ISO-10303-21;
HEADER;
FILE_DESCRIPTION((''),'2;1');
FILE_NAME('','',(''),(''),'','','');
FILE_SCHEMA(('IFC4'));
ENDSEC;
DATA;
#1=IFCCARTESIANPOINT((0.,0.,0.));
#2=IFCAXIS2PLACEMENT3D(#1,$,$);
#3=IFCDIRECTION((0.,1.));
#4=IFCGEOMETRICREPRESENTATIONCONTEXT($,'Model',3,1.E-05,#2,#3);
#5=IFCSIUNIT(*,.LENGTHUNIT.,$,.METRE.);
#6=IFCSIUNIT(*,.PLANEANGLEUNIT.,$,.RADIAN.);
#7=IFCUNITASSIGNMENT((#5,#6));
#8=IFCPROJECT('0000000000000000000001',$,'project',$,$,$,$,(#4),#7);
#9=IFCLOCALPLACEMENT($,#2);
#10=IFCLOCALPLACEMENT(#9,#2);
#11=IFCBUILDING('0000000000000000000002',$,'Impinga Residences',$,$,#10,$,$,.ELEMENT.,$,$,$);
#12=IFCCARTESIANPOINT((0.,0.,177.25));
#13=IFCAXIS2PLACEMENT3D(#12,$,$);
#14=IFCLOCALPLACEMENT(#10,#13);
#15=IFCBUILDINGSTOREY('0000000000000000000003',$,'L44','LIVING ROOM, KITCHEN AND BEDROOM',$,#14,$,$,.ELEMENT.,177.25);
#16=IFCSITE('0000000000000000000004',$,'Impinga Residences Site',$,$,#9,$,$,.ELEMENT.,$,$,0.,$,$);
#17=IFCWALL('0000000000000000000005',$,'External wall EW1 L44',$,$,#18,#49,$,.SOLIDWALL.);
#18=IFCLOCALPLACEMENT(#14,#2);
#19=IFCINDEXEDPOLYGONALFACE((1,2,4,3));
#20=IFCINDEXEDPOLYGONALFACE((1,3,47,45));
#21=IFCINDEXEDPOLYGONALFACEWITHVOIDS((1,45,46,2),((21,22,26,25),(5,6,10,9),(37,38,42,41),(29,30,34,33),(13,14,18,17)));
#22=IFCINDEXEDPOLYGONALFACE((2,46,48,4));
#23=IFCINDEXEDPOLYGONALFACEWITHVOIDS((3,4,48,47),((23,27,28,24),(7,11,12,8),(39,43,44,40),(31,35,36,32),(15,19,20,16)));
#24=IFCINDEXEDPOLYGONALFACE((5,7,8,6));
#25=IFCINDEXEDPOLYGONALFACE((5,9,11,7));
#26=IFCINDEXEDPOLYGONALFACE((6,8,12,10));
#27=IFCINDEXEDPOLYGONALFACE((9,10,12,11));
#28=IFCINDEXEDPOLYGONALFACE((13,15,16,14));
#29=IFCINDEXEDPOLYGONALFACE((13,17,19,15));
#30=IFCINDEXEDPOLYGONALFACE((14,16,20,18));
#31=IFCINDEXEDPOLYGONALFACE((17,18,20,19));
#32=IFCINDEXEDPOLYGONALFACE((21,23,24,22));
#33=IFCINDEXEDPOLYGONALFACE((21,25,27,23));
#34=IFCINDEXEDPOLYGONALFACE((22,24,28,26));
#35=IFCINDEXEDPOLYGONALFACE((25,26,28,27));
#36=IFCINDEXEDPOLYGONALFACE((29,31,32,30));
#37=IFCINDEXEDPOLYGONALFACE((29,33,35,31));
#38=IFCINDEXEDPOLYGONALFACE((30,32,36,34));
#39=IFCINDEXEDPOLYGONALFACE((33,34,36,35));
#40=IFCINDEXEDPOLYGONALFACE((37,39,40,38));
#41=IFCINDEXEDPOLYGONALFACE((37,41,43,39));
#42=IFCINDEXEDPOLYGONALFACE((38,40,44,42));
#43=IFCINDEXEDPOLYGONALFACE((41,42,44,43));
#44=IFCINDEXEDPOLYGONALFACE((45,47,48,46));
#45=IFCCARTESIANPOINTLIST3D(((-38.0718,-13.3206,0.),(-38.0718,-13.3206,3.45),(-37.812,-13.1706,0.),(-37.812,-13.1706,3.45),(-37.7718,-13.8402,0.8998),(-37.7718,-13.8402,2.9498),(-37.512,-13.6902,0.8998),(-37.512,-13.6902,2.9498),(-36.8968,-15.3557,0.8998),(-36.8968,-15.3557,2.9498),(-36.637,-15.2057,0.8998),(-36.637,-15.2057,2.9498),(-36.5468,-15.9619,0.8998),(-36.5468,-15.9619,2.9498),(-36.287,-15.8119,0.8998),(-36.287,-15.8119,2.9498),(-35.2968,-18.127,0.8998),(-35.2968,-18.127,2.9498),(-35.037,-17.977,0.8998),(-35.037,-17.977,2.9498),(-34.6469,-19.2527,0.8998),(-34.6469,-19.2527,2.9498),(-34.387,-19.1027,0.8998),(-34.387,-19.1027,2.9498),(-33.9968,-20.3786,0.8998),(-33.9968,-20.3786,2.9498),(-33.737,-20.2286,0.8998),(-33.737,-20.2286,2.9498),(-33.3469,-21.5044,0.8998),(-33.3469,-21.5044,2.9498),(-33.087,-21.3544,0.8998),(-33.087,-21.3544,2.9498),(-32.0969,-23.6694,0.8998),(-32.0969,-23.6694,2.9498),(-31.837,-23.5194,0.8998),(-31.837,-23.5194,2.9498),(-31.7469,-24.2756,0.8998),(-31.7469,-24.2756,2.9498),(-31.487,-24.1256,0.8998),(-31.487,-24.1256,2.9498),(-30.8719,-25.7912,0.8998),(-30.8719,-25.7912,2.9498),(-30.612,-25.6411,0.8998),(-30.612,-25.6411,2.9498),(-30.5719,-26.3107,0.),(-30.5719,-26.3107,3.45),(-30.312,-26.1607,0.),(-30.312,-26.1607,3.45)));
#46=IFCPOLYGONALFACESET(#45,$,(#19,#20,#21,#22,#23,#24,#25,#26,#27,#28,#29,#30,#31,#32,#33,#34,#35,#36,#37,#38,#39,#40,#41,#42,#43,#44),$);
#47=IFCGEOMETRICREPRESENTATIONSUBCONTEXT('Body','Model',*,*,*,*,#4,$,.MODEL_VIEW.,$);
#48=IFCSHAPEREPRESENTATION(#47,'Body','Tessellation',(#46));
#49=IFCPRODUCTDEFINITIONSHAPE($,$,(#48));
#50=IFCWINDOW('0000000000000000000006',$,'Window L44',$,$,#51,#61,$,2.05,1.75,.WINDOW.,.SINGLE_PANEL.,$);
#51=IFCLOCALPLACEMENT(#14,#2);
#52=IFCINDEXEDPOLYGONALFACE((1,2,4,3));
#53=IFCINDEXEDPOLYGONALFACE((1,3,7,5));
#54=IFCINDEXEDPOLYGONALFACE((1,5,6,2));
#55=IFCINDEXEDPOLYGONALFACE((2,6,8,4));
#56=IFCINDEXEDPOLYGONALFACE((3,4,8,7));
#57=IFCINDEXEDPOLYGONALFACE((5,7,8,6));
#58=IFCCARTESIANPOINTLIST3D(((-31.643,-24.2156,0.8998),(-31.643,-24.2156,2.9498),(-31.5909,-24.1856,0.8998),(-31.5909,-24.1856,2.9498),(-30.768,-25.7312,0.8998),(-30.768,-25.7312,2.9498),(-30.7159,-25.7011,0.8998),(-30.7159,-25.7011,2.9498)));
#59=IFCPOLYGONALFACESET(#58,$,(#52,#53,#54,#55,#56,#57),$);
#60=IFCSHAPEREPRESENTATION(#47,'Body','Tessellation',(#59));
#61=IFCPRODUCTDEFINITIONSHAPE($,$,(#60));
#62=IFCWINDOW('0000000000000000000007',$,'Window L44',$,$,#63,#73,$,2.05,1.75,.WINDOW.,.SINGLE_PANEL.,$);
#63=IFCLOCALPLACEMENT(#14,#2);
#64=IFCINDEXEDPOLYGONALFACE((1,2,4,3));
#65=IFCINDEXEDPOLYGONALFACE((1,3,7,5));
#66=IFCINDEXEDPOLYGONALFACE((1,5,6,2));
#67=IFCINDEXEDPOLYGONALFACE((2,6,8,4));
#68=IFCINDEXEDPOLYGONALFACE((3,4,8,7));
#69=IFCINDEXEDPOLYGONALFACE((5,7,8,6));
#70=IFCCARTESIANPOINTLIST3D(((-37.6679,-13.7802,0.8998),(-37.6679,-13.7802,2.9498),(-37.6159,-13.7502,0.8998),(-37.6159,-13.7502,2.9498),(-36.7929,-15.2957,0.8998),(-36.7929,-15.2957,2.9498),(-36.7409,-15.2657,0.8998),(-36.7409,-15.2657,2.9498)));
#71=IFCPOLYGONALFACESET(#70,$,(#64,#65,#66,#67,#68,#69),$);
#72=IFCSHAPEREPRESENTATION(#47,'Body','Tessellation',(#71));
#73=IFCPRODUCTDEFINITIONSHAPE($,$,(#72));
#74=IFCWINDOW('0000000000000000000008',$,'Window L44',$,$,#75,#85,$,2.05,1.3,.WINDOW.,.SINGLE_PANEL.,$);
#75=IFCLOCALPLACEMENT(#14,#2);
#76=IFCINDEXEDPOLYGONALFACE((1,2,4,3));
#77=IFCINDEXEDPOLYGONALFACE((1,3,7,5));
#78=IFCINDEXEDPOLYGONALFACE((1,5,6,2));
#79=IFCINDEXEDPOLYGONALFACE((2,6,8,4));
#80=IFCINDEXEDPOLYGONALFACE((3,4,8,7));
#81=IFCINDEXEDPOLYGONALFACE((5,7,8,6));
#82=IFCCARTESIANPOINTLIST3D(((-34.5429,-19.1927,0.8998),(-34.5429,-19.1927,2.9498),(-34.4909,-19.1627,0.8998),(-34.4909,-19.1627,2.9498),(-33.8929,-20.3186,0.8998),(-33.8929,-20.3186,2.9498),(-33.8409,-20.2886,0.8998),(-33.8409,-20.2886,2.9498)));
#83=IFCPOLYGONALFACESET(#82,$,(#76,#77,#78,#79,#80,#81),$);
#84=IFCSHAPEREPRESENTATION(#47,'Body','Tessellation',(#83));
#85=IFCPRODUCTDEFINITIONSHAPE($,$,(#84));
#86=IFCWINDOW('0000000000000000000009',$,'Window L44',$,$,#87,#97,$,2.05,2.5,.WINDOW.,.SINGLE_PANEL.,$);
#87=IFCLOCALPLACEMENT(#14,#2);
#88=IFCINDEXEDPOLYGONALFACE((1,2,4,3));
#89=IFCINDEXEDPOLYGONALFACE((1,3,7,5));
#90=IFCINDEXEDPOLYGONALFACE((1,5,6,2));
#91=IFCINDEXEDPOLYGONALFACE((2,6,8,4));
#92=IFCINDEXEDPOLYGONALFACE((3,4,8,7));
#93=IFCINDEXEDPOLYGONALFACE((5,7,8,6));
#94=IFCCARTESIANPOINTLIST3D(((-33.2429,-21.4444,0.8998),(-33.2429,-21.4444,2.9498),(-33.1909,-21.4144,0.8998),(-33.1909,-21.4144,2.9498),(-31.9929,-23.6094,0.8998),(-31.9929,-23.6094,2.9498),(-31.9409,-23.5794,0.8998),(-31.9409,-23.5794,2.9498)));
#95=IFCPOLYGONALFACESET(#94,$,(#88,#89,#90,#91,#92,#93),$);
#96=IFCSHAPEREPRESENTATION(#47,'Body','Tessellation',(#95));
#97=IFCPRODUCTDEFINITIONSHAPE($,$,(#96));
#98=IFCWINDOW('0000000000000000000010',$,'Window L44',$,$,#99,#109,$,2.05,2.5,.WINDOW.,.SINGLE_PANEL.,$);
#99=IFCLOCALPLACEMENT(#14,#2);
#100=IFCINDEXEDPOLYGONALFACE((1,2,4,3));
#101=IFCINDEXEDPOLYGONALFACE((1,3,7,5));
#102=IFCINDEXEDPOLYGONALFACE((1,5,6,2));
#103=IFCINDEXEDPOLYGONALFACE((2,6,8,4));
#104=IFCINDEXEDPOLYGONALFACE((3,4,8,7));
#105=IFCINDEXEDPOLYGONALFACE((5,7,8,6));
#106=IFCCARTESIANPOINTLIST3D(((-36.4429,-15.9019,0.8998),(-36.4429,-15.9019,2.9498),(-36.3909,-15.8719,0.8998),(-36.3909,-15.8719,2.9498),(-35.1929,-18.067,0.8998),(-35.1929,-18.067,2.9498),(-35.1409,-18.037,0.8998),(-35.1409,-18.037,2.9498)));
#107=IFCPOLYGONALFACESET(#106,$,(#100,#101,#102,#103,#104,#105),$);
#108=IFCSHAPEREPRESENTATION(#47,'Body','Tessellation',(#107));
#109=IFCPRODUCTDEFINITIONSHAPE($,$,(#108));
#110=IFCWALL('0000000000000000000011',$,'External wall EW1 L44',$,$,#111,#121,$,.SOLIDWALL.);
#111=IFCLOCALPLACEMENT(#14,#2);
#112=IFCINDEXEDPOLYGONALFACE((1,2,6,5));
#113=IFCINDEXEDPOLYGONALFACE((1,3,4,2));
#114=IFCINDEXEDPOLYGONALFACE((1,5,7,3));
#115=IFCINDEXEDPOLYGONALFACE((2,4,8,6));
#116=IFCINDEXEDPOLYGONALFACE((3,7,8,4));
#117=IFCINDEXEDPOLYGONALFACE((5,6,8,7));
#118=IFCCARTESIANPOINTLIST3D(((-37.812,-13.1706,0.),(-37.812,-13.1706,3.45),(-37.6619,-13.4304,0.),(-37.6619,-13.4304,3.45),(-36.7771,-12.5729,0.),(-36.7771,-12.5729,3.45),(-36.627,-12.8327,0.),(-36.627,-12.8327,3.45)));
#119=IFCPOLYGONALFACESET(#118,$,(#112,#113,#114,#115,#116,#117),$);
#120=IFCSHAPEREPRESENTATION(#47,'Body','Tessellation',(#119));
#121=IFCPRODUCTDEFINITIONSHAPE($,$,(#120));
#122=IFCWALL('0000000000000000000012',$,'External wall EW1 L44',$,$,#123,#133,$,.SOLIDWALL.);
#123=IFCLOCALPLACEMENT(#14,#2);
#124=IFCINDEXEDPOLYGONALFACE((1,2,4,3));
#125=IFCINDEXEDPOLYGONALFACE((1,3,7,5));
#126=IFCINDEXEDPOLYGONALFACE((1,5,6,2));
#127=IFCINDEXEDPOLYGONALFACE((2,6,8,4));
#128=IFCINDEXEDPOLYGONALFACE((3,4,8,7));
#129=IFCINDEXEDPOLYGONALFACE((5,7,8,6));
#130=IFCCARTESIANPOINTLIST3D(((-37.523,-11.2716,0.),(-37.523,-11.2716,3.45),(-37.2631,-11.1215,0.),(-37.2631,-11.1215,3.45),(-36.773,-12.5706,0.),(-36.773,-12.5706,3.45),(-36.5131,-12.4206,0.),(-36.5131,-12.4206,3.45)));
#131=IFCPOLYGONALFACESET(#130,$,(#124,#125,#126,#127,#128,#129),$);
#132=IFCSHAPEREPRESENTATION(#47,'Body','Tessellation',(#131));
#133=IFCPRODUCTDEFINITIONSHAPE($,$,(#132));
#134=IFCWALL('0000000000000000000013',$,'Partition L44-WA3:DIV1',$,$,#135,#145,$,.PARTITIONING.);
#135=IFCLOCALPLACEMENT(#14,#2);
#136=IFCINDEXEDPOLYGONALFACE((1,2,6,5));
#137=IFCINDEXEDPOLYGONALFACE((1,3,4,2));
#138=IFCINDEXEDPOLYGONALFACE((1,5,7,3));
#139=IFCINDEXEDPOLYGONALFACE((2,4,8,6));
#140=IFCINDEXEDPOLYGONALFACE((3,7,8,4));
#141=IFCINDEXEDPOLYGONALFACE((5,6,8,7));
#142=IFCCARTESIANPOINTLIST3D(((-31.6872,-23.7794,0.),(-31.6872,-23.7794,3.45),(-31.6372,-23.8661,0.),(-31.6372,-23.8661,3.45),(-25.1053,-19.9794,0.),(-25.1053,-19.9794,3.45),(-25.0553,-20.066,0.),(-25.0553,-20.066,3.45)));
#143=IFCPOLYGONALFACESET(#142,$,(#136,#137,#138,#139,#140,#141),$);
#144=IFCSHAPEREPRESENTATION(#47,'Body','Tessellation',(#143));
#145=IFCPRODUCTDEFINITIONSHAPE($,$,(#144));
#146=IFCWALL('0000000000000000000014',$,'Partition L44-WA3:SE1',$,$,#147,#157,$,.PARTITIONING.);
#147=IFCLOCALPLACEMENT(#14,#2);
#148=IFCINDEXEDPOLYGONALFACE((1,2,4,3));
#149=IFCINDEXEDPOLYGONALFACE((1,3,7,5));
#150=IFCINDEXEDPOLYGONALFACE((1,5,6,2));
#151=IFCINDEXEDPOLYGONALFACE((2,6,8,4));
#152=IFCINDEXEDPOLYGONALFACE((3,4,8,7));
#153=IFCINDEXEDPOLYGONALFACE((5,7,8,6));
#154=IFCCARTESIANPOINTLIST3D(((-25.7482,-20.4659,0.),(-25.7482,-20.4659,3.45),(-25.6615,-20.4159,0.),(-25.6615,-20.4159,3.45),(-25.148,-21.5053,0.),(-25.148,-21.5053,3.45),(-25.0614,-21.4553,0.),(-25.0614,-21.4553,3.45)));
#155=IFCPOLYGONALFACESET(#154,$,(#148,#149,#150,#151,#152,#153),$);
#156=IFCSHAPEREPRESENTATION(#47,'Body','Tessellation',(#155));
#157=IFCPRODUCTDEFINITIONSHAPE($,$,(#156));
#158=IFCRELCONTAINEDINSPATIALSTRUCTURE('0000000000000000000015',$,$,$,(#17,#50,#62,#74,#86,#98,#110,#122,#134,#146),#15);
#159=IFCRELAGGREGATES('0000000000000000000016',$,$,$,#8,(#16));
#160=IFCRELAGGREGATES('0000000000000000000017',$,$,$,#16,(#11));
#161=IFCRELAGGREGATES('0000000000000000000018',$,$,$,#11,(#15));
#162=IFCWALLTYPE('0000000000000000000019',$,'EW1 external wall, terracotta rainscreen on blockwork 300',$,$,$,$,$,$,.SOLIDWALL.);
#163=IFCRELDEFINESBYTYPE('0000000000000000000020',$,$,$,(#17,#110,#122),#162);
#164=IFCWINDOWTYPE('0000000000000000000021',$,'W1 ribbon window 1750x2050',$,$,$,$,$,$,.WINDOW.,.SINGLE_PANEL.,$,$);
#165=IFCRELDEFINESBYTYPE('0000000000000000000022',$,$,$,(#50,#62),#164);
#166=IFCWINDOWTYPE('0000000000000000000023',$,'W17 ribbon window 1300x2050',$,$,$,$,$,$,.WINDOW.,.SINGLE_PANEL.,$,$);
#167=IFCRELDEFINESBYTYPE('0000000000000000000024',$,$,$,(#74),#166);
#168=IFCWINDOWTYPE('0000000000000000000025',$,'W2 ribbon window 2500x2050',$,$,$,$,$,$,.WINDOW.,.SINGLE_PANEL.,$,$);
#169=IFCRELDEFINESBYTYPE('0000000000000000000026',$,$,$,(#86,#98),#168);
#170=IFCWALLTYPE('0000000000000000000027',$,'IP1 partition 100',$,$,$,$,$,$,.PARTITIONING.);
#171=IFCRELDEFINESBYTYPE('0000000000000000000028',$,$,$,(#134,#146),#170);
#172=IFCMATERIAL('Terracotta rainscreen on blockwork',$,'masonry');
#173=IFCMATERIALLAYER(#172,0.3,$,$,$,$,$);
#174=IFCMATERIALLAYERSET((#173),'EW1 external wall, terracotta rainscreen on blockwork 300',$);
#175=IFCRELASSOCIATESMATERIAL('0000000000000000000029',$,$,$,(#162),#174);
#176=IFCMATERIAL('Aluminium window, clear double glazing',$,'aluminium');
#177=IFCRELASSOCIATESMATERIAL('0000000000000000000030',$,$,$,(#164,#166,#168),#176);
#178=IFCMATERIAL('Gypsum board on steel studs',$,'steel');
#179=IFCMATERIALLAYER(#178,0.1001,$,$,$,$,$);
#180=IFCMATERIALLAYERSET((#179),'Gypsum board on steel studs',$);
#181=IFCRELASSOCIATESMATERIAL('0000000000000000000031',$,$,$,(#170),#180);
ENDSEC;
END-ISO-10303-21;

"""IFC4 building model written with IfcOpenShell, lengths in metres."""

from ifc_helpers import new_model, si_unit, direction, frame, frame_2d, origin, place, context, subcontext, project, spatial, rectangle, extrude, material, layer, layer_set, type_object, element, fill, save


model = new_model("IFC4")

# Units and contexts
model_context = context("Model", 3, precision=1e-05, world=origin(), true_north=direction((0.0, 1.0)))
body_context = subcontext(model_context, "Body", "Model", "MODEL_VIEW")
ifc_project = project(units=[si_unit("LENGTHUNIT", "METRE"), si_unit("PLANEANGLEUNIT", "RADIAN")], contexts=[model_context])

# Site, building, storey
site_placement = place(None, origin())
site = spatial("IfcSite", under=ifc_project, at=site_placement, Name="Impinga Residences Site", CompositionType="ELEMENT", RefElevation=0.0)
building_placement = place(site_placement, origin())
building = spatial("IfcBuilding", under=site, at=building_placement, Name="Impinga Residences", CompositionType="ELEMENT")
storey_placement = place(building_placement, frame((0.0, 0.0, 177.25)))
storey = spatial("IfcBuildingStorey", under=building, at=storey_placement, Name="L44", Description="LIVING ROOM, KITCHEN AND BEDROOM", CompositionType="ELEMENT", Elevation=177.25)

# Shared definitions
ifc_material_1 = material(Name="Terracotta rainscreen on blockwork", Category="masonry")
ifc_layer_1 = layer(ifc_material_1, 0.3)
ifc_layer_set_1 = layer_set([ifc_layer_1], Name="EW1 external wall, terracotta rainscreen on blockwork 300")
wall_type_1 = type_object("IfcWallType", Name="EW1 external wall, terracotta rainscreen on blockwork 300", PredefinedType="SOLIDWALL", material=ifc_layer_set_1)

# Wall, openings, windows
wall_1_placement = place(storey_placement, frame((-30.4419, -26.2358, 0.0), z_axis=(0.0, 0.0, 1.0), x_axis=(-0.500004, 0.866023, 0.0)))
wall_1 = element("IfcWall", 1, at=wall_1_placement, inside=storey, type_object=wall_type_1, Name="External wall EW1 L44", PredefinedType="SOLIDWALL", context=body_context, shape_type="SweptSolid", body=[
    extrude(rectangle(XDim=14.9998, YDim=0.3, at=frame_2d((7.5, 0.0))), origin(), (0.0, 0.0, 1.0), 3.45),
])
opening_1_placement = place(wall_1_placement, frame((0.6001, 0.0, 0.8999)))
opening_1 = element("IfcOpeningElement", 2, at=opening_1_placement, cuts=wall_1, PredefinedType="OPENING", context=body_context, shape_type="SweptSolid", body=[
    extrude(rectangle(XDim=1.75, YDim=2.05, at=frame_2d((0.875, 1.0249))), frame((0.0, 0.1599, 0.0), z_axis=(0.0, -1.0, 0.0), x_axis=(1.0, 0.0, 0.0)), (0.0, 0.0, 1.0), 0.3201),
])
opening_2_placement = place(wall_1_placement, frame((3.05, 0.0, 0.8999)))
opening_2 = element("IfcOpeningElement", 3, at=opening_2_placement, cuts=wall_1, PredefinedType="OPENING", context=body_context, shape_type="SweptSolid", body=[
    extrude(rectangle(XDim=2.5, YDim=2.05, at=frame_2d((1.25, 1.0249))), frame((0.0, 0.1599, 0.0), z_axis=(0.0, -1.0, 0.0), x_axis=(1.0, 0.0, 0.0)), (0.0, 0.0, 1.0), 0.3201),
])
opening_3_placement = place(wall_1_placement, frame((6.8501, 0.0, 0.8999)))
opening_3 = element("IfcOpeningElement", 4, at=opening_3_placement, cuts=wall_1, PredefinedType="OPENING", context=body_context, shape_type="SweptSolid", body=[
    extrude(rectangle(XDim=1.3, YDim=2.05, at=frame_2d((0.6499, 1.0249))), frame((0.0, 0.1599, 0.0), z_axis=(0.0, -1.0, 0.0), x_axis=(1.0, 0.0, 0.0)), (0.0, 0.0, 1.0), 0.3201),
])
opening_4_placement = place(wall_1_placement, frame((9.45, 0.0, 0.8999)))
opening_4 = element("IfcOpeningElement", 5, at=opening_4_placement, cuts=wall_1, PredefinedType="OPENING", context=body_context, shape_type="SweptSolid", body=[
    extrude(rectangle(XDim=2.5, YDim=2.05, at=frame_2d((1.25, 1.0249))), frame((0.0, 0.1599, 0.0), z_axis=(0.0, -1.0, 0.0), x_axis=(1.0, 0.0, 0.0)), (0.0, 0.0, 1.0), 0.3201),
])
opening_5_placement = place(wall_1_placement, frame((12.6499, 0.0, 0.8999)))
opening_5 = element("IfcOpeningElement", 6, at=opening_5_placement, cuts=wall_1, PredefinedType="OPENING", context=body_context, shape_type="SweptSolid", body=[
    extrude(rectangle(XDim=1.75, YDim=2.05, at=frame_2d((0.875, 1.0249))), frame((0.0, 0.1599, 0.0), z_axis=(0.0, -1.0, 0.0), x_axis=(1.0, 0.0, 0.0)), (0.0, 0.0, 1.0), 0.3201),
])
ifc_material_2 = material(Name="Aluminium window, clear double glazing", Category="aluminium")
window_type_1 = type_object("IfcWindowType", Name="W1 ribbon window 1750x2050", PartitioningType="SINGLE_PANEL", PredefinedType="WINDOW", material=ifc_material_2)
window_1_placement = place(opening_1_placement, origin())
window_1 = element("IfcWindow", 7, at=window_1_placement, inside=storey, type_object=window_type_1, Name="Window L44", OverallHeight=2.05, OverallWidth=1.75, PartitioningType="SINGLE_PANEL", PredefinedType="WINDOW", context=body_context, shape_type="SweptSolid", body=[
    extrude(rectangle(XDim=1.75, YDim=2.05, at=frame_2d((0.875, 1.0249))), frame((0.0, 0.03, 0.0), z_axis=(0.0, -1.0, 0.0), x_axis=(1.0, 0.0, 0.0)), (0.0, 0.0, 1.0), 0.0601),
])
fill(opening_1, window_1)
window_2_placement = place(opening_5_placement, origin())
window_2 = element("IfcWindow", 8, at=window_2_placement, inside=storey, type_object=window_type_1, Name="Window L44", OverallHeight=2.05, OverallWidth=1.75, PartitioningType="SINGLE_PANEL", PredefinedType="WINDOW", context=body_context, shape_type="SweptSolid", body=[
    extrude(rectangle(XDim=1.75, YDim=2.05, at=frame_2d((0.875, 1.0249))), frame((0.0, 0.03, 0.0), z_axis=(0.0, -1.0, 0.0), x_axis=(1.0, 0.0, 0.0)), (0.0, 0.0, 1.0), 0.0601),
])
fill(opening_5, window_2)
window_type_2 = type_object("IfcWindowType", Name="W17 ribbon window 1300x2050", PartitioningType="SINGLE_PANEL", PredefinedType="WINDOW", material=ifc_material_2)
window_3_placement = place(opening_3_placement, origin())
window_3 = element("IfcWindow", 9, at=window_3_placement, inside=storey, type_object=window_type_2, Name="Window L44", OverallHeight=2.05, OverallWidth=1.3, PartitioningType="SINGLE_PANEL", PredefinedType="WINDOW", context=body_context, shape_type="SweptSolid", body=[
    extrude(rectangle(XDim=1.3, YDim=2.05, at=frame_2d((0.6499, 1.0249))), frame((0.0, 0.03, 0.0), z_axis=(0.0, -1.0, 0.0), x_axis=(1.0, 0.0, 0.0)), (0.0, 0.0, 1.0), 0.0601),
])
fill(opening_3, window_3)
window_type_3 = type_object("IfcWindowType", Name="W2 ribbon window 2500x2050", PartitioningType="SINGLE_PANEL", PredefinedType="WINDOW", material=ifc_material_2)
window_4_placement = place(opening_2_placement, origin())
window_4 = element("IfcWindow", 10, at=window_4_placement, inside=storey, type_object=window_type_3, Name="Window L44", OverallHeight=2.05, OverallWidth=2.5, PartitioningType="SINGLE_PANEL", PredefinedType="WINDOW", context=body_context, shape_type="SweptSolid", body=[
    extrude(rectangle(XDim=2.5, YDim=2.05, at=frame_2d((1.25, 1.0249))), frame((0.0, 0.03, 0.0), z_axis=(0.0, -1.0, 0.0), x_axis=(1.0, 0.0, 0.0)), (0.0, 0.0, 1.0), 0.0601),
])
fill(opening_2, window_4)
window_5_placement = place(opening_4_placement, origin())
window_5 = element("IfcWindow", 11, at=window_5_placement, inside=storey, type_object=window_type_3, Name="Window L44", OverallHeight=2.05, OverallWidth=2.5, PartitioningType="SINGLE_PANEL", PredefinedType="WINDOW", context=body_context, shape_type="SweptSolid", body=[
    extrude(rectangle(XDim=2.5, YDim=2.05, at=frame_2d((1.25, 1.0249))), frame((0.0, 0.03, 0.0), z_axis=(0.0, -1.0, 0.0), x_axis=(1.0, 0.0, 0.0)), (0.0, 0.0, 1.0), 0.0601),
])
fill(opening_4, window_5)

# Walls
wall_2_placement = place(storey_placement, frame((-37.7371, -13.3005, 0.0), z_axis=(0.0, 0.0, 1.0), x_axis=(0.865971, 0.500094, 0.0)))
element("IfcWall", 12, at=wall_2_placement, inside=storey, type_object=wall_type_1, Name="External wall EW1 L44", PredefinedType="SOLIDWALL", context=body_context, shape_type="SweptSolid", body=[
    extrude(rectangle(XDim=1.1951, YDim=0.3, at=frame_2d((0.5977, 0.0))), origin(), (0.0, 0.0, 1.0), 3.45),
])
wall_3_placement = place(storey_placement, frame((-36.6431, -12.4956, 0.0), z_axis=(0.0, 0.0, 1.0), x_axis=(-0.49999, 0.866031, 0.0)))
element("IfcWall", 13, at=wall_3_placement, inside=storey, type_object=wall_type_1, Name="External wall EW1 L44", PredefinedType="SOLIDWALL", context=body_context, shape_type="SweptSolid", body=[
    extrude(rectangle(XDim=1.5, YDim=0.3, at=frame_2d((0.75, 0.0))), origin(), (0.0, 0.0, 1.0), 3.45),
])
ifc_material_3 = material(Name="Gypsum board on steel studs", Category="steel")
ifc_layer_2 = layer(ifc_material_3, 0.1001)
ifc_layer_set_2 = layer_set([ifc_layer_2], Name="Gypsum board on steel studs")
wall_type_2 = type_object("IfcWallType", Name="IP1 partition 100", PredefinedType="PARTITIONING", material=ifc_layer_set_2)
wall_4_placement = place(storey_placement, frame((-25.0803, -20.0227, 0.0), z_axis=(0.0, 0.0, 1.0), x_axis=(-0.866022, -0.500005, 0.0)))
element("IfcWall", 14, at=wall_4_placement, inside=storey, type_object=wall_type_2, Name="Partition L44-WA3:DIV1", PredefinedType="PARTITIONING", context=body_context, shape_type="SweptSolid", body=[
    extrude(rectangle(XDim=7.6001, YDim=0.1001, at=frame_2d((3.8, 0.0))), origin(), (0.0, 0.0, 1.0), 3.45),
])
wall_5_placement = place(storey_placement, frame((-25.7048, -20.4409, 0.0), z_axis=(0.0, 0.0, 1.0), x_axis=(0.500034, -0.866006, 0.0)))
element("IfcWall", 15, at=wall_5_placement, inside=storey, type_object=wall_type_2, Name="Partition L44-WA3:SE1", PredefinedType="PARTITIONING", context=body_context, shape_type="SweptSolid", body=[
    extrude(rectangle(XDim=1.2002, YDim=0.1001, at=frame_2d((0.6001, 0.0))), origin(), (0.0, 0.0, 1.0), 3.45),
])

save(model, "model.ifc")
